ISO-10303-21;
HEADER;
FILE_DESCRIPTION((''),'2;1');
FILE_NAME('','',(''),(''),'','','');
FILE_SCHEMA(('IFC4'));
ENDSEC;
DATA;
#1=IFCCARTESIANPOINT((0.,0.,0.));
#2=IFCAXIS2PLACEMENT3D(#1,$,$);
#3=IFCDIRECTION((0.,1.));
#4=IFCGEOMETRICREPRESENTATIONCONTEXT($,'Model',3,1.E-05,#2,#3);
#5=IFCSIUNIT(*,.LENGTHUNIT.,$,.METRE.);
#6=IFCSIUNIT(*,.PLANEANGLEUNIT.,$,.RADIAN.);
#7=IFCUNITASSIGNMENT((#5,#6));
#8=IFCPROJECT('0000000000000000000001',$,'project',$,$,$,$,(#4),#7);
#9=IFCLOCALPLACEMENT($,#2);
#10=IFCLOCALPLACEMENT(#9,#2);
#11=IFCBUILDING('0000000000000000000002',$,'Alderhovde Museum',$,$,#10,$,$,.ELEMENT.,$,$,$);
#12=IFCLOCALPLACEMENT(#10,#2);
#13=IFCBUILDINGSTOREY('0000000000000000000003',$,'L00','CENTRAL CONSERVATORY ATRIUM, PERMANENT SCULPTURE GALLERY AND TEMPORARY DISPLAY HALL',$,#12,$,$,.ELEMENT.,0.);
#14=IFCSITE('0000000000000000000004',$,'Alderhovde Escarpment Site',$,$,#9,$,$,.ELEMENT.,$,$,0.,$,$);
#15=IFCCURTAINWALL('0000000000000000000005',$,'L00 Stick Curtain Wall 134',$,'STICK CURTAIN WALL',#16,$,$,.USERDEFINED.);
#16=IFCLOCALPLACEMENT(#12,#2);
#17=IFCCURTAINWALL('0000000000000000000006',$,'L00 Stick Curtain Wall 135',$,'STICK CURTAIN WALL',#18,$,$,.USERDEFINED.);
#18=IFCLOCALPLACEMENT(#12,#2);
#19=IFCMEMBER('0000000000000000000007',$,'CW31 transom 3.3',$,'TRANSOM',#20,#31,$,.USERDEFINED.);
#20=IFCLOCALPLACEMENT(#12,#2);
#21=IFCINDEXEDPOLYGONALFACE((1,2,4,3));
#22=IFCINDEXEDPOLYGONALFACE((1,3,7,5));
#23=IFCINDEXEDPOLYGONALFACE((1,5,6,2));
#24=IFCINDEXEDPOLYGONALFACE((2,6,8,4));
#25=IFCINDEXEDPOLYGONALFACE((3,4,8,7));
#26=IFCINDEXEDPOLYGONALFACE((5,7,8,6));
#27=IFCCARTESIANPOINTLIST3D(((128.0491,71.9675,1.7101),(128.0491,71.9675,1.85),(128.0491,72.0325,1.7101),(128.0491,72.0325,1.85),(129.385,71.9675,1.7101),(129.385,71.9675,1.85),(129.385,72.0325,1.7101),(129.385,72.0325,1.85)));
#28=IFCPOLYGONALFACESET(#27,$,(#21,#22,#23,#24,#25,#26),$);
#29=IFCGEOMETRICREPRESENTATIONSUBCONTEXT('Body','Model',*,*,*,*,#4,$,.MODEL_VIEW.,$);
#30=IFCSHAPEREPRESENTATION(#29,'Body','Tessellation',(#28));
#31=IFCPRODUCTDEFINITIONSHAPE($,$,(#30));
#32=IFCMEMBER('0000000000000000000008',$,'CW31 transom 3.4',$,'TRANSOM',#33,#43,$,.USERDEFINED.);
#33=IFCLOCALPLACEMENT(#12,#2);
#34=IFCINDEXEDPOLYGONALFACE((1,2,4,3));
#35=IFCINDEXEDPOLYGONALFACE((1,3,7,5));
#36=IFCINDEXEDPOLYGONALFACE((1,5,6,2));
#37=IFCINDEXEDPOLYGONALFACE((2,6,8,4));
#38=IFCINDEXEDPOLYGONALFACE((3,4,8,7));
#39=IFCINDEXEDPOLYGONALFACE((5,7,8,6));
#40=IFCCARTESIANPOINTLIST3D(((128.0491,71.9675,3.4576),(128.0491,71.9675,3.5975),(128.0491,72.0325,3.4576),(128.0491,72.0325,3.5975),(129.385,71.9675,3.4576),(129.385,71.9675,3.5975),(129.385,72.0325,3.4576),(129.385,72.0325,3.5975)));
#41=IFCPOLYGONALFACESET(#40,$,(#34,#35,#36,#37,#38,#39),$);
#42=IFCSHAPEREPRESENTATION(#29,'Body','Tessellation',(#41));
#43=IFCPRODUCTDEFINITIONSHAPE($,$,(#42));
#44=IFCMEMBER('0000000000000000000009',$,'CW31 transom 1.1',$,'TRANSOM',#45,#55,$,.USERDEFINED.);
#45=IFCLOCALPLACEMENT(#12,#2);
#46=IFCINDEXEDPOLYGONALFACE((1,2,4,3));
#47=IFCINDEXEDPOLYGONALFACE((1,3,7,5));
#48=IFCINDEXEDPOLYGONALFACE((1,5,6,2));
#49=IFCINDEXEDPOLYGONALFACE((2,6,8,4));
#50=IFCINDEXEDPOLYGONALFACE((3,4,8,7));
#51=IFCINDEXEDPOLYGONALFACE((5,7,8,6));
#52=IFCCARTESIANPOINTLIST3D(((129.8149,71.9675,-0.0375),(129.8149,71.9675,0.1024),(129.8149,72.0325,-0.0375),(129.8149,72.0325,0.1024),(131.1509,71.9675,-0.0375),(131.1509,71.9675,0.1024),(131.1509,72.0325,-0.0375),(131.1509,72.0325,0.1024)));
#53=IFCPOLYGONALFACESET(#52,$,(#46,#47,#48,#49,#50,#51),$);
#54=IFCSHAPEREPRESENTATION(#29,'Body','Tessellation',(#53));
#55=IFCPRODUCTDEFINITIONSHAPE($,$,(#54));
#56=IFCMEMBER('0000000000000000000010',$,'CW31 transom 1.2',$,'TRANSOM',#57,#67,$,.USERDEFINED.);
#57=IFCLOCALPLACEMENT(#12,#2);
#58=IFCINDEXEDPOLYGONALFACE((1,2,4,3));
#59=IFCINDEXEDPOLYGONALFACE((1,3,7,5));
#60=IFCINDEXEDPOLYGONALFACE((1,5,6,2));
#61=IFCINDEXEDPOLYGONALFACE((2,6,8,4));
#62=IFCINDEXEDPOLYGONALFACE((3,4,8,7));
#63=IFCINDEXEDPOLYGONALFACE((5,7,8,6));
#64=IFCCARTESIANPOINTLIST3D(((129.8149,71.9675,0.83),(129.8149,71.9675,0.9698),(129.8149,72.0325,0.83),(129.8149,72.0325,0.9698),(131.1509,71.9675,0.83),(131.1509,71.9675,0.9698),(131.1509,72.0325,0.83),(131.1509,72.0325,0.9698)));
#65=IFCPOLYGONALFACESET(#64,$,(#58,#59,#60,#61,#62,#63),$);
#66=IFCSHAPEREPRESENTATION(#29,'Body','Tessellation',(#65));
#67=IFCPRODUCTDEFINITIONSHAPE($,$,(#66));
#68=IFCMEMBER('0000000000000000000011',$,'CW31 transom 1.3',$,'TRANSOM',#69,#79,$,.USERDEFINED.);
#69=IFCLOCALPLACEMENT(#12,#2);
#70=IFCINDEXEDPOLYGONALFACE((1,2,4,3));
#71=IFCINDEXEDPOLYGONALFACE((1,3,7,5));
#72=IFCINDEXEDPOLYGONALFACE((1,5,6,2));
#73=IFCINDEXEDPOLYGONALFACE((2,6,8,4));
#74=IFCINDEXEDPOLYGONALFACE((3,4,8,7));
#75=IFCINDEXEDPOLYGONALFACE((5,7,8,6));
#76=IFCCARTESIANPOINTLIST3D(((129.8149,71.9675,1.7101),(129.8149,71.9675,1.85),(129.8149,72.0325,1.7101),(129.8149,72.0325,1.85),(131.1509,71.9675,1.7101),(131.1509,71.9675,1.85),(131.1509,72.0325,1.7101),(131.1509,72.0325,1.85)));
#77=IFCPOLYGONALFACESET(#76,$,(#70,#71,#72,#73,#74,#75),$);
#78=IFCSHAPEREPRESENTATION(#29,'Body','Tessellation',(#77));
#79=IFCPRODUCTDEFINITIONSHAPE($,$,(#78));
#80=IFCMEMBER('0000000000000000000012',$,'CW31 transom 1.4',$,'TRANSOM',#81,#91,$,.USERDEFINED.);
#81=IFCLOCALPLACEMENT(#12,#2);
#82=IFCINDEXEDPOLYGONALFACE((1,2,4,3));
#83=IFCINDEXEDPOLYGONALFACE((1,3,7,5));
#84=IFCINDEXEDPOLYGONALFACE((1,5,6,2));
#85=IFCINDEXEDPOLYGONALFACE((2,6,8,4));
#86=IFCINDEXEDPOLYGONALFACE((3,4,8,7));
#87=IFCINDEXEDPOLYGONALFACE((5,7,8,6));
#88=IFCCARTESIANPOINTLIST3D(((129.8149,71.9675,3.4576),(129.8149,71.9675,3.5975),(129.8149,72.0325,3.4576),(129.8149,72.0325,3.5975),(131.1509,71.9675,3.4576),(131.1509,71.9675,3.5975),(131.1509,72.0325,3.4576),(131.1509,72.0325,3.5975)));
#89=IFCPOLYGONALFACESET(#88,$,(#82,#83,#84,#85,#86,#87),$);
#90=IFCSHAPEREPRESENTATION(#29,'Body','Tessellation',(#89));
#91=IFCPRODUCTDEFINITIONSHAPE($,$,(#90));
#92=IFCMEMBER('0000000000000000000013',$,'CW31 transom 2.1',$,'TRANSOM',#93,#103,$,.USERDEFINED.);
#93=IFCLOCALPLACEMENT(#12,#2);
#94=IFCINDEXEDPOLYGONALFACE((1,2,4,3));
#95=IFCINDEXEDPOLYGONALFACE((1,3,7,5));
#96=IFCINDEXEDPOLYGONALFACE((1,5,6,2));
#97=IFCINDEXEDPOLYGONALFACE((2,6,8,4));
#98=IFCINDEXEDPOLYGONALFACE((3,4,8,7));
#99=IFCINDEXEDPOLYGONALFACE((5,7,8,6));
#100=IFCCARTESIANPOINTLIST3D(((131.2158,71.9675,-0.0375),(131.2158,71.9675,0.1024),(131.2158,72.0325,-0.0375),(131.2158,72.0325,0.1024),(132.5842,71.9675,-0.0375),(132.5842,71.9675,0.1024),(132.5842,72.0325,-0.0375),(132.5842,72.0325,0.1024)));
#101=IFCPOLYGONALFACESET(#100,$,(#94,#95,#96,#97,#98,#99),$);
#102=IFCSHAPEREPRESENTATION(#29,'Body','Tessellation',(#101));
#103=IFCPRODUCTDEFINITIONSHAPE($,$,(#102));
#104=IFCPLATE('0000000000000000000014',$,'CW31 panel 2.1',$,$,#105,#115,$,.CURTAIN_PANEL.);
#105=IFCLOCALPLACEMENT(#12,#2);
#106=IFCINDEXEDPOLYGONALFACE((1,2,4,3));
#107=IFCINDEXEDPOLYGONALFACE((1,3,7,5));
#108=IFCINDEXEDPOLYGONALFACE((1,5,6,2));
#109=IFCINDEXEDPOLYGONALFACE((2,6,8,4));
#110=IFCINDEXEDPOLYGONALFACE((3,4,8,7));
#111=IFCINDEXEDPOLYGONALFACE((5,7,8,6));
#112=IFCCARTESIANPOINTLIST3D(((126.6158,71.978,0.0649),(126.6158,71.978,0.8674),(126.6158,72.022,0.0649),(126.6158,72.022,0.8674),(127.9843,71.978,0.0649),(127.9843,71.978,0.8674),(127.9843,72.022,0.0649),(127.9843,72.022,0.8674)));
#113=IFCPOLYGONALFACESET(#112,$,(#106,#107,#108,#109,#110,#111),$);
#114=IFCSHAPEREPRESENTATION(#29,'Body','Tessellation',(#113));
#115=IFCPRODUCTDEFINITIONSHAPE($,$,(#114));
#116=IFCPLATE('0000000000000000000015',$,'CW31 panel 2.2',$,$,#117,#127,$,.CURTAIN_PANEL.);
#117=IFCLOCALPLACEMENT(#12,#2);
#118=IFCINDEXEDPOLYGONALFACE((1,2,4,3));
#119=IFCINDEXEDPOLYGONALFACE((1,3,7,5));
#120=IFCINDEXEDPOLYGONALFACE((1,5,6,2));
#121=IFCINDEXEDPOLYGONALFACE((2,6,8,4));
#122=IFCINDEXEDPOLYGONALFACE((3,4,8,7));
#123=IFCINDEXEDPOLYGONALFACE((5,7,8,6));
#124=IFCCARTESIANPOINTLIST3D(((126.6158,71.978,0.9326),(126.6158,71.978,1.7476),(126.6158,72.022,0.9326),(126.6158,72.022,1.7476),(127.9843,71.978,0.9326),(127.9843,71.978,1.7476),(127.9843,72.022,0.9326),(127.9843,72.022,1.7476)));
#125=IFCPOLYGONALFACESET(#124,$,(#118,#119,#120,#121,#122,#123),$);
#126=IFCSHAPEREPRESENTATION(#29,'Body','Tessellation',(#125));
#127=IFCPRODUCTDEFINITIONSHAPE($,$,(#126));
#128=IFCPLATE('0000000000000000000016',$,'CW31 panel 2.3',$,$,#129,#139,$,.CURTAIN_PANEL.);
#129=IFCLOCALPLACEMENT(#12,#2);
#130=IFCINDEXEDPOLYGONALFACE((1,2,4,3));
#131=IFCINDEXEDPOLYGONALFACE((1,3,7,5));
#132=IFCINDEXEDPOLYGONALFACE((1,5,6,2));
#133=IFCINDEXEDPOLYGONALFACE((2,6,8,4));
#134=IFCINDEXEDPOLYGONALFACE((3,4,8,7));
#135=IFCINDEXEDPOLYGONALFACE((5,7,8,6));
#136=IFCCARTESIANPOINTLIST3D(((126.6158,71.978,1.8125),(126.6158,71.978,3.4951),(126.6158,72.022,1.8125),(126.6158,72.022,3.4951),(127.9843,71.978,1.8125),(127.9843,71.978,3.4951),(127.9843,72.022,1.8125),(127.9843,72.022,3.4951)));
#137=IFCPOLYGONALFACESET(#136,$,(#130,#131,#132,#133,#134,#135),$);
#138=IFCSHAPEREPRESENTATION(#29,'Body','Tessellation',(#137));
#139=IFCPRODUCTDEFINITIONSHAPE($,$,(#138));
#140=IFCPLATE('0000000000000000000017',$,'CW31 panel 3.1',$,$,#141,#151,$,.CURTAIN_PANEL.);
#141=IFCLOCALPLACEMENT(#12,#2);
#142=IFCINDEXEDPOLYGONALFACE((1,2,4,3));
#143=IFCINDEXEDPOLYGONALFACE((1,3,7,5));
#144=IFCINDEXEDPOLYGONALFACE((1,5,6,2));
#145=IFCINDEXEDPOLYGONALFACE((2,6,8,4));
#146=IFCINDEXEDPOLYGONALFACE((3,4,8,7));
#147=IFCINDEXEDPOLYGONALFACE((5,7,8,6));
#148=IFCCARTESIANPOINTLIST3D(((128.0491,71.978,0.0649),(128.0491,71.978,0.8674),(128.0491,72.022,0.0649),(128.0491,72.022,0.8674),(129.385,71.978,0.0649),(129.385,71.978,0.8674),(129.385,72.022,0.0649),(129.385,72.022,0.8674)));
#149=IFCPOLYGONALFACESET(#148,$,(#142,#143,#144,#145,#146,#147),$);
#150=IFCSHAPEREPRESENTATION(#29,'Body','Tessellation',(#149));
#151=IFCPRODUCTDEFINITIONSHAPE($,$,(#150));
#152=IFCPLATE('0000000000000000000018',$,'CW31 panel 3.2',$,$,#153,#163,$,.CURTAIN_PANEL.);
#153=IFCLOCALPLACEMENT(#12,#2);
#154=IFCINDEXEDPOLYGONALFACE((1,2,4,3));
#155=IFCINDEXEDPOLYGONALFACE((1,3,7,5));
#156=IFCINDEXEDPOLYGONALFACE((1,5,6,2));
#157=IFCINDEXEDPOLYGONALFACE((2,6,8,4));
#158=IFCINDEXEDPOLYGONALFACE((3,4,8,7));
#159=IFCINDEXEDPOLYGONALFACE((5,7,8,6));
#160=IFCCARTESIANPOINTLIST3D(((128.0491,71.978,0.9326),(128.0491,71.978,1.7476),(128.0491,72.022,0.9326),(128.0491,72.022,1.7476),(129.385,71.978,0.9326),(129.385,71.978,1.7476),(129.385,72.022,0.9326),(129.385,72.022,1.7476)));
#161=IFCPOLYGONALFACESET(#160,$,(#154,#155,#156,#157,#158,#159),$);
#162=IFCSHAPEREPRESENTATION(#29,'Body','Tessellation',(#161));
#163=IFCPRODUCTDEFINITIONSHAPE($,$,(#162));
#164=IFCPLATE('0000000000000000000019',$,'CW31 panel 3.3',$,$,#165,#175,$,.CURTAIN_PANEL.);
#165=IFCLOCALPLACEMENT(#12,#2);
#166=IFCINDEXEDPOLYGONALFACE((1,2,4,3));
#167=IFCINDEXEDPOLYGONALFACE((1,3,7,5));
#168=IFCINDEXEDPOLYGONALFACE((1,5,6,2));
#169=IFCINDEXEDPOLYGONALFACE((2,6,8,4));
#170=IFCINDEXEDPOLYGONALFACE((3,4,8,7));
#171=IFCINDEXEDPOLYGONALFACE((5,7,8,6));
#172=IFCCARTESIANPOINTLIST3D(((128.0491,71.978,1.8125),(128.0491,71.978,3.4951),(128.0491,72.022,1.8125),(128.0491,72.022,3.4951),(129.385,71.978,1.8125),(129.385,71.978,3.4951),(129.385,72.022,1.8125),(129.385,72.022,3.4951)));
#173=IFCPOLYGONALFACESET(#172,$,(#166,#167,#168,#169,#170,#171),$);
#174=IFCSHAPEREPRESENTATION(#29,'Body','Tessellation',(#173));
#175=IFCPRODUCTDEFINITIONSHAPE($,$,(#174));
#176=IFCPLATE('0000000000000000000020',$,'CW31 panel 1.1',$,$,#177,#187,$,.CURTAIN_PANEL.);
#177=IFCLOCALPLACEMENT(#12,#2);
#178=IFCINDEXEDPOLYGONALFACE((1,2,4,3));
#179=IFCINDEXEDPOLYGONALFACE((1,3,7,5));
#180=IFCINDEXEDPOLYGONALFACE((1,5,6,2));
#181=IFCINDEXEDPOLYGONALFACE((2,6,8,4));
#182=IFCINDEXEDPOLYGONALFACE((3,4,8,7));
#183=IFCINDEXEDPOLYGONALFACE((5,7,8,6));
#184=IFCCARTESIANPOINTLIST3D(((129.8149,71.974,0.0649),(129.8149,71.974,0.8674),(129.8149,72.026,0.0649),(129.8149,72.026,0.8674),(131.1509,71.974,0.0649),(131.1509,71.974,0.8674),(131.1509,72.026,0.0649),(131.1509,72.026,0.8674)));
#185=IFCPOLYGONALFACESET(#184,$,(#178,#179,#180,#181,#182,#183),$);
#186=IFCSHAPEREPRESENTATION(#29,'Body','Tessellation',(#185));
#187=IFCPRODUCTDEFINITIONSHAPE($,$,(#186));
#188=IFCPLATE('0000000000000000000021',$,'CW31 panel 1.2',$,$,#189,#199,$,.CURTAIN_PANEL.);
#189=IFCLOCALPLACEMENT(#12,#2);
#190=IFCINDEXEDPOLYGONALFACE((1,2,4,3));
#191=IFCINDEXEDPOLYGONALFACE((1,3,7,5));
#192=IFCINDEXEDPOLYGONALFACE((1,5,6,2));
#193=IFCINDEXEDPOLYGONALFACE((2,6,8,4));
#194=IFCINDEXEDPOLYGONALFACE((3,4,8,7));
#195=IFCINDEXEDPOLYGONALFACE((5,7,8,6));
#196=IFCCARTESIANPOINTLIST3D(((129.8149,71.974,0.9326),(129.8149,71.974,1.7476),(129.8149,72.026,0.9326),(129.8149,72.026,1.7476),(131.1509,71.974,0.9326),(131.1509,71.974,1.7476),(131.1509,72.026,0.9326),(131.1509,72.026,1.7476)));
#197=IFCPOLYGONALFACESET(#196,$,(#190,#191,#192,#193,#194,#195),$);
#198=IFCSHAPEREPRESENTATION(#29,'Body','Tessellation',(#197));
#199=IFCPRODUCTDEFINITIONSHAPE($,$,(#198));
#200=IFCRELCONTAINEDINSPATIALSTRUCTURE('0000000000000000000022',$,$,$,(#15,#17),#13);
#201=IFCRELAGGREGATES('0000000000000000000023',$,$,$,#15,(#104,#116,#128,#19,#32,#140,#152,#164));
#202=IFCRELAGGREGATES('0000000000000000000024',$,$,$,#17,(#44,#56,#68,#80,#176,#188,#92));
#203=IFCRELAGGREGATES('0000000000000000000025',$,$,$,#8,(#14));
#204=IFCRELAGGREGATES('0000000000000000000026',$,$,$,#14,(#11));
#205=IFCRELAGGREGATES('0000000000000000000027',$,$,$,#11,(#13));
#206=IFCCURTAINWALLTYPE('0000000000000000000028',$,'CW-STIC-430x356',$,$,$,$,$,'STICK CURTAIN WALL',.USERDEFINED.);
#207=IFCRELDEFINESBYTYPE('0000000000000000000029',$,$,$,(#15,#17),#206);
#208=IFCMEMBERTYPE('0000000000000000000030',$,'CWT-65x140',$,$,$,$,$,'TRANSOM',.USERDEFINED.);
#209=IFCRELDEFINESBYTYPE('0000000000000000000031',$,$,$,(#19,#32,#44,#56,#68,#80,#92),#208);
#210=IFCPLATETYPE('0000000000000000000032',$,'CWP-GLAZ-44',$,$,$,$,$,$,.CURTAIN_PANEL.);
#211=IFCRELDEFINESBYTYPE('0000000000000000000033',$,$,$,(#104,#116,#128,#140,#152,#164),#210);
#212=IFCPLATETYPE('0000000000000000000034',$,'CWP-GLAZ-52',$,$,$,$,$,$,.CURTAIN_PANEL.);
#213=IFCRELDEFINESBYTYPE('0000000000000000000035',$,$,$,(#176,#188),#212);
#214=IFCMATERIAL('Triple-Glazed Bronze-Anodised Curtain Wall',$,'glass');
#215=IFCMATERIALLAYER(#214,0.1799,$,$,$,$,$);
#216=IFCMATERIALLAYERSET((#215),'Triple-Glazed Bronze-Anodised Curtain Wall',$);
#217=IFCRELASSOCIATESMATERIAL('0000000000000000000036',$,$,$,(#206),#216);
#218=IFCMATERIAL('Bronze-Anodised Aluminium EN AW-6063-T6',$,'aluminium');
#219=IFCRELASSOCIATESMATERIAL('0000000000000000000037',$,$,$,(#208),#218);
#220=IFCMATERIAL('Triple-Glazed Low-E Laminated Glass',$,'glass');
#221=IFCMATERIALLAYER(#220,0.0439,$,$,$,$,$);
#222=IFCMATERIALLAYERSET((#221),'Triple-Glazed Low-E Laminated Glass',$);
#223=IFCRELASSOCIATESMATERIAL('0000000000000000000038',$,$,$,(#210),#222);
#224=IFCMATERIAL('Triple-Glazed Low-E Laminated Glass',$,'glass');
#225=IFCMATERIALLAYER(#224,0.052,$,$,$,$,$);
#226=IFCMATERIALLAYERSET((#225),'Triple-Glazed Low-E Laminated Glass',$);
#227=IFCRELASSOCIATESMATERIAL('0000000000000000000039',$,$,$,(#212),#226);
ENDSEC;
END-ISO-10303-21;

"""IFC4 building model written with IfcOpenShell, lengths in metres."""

from ifc_helpers import new_model, si_unit, direction, frame, origin, origin_2d, place, context, subcontext, project, spatial, rectangle, extrude, material, layer, layer_set, material_profile, profile_set, type_object, element, aggregate, save


model = new_model("IFC4")

# Units and contexts
model_context = context("Model", 3, precision=1e-05, world=origin(), true_north=direction((0.0, 1.0)))
body_context = subcontext(model_context, "Body", "Model", "MODEL_VIEW")
ifc_project = project(units=[si_unit("LENGTHUNIT", "METRE"), si_unit("PLANEANGLEUNIT", "RADIAN")], contexts=[model_context])

# Site, building, storey
site_placement = place(None, origin())
site = spatial("IfcSite", under=ifc_project, at=site_placement, Name="Alderhovde Escarpment Site", CompositionType="ELEMENT", RefElevation=0.0)
building_placement = place(site_placement, origin())
building = spatial("IfcBuilding", under=site, at=building_placement, Name="Alderhovde Museum", CompositionType="ELEMENT")
storey_placement = place(building_placement, origin())
storey = spatial("IfcBuildingStorey", under=building, at=storey_placement, Name="L00", Description="CENTRAL CONSERVATORY ATRIUM, PERMANENT SCULPTURE GALLERY AND TEMPORARY DISPLAY HALL", CompositionType="ELEMENT", Elevation=0.0)

# Curtain walls
ifc_material_1 = material(Name="Triple-Glazed Bronze-Anodised Curtain Wall", Category="glass")
ifc_layer_1 = layer(ifc_material_1, 0.1799)
ifc_layer_set_1 = layer_set([ifc_layer_1], Name="Triple-Glazed Bronze-Anodised Curtain Wall")
curtain_wall_type = type_object("IfcCurtainWallType", Name="CW-STIC-430x356", ElementType="STICK CURTAIN WALL", PredefinedType="USERDEFINED", material=ifc_layer_set_1)
curtain_wall_1_placement = place(storey_placement, origin())
curtain_wall_1 = element("IfcCurtainWall", 1, at=curtain_wall_1_placement, inside=storey, type_object=curtain_wall_type, Name="L00 Stick Curtain Wall 134", ObjectType="STICK CURTAIN WALL", PredefinedType="USERDEFINED")
curtain_wall_2_placement = place(storey_placement, origin())
curtain_wall_2 = element("IfcCurtainWall", 2, at=curtain_wall_2_placement, inside=storey, type_object=curtain_wall_type, Name="L00 Stick Curtain Wall 135", ObjectType="STICK CURTAIN WALL", PredefinedType="USERDEFINED")

# Members
ifc_material_2 = material(Name="Bronze-Anodised Aluminium EN AW-6063-T6", Category="aluminium")
ifc_material_profile_1 = material_profile(ifc_material_2, rectangle(XDim=0.0649, YDim=0.1399, at=origin_2d()), Name="TRANSOM 65x140")
ifc_profile_set_1 = profile_set([ifc_material_profile_1], Name="Bronze-Anodised Aluminium EN AW-6063-T6")
member_type_1 = type_object("IfcMemberType", Name="CWT-65x140", ElementType="TRANSOM", PredefinedType="USERDEFINED", material=ifc_profile_set_1)
member_1_placement = place(storey_placement, frame((128.0491, 72.0, 1.78), z_axis=(1.0, 0.0, 0.0), x_axis=(0.0, 1.0, 0.0)))
member_1 = element("IfcMember", 3, at=member_1_placement, type_object=member_type_1, Name="CW31 transom 3.3", ObjectType="TRANSOM", PredefinedType="USERDEFINED", context=body_context, shape_type="SweptSolid", body=[
    extrude(rectangle(XDim=0.0649, YDim=0.1399, at=origin_2d()), origin(), (0.0, 0.0, 1.0), 1.3359),
])
member_2_placement = place(storey_placement, frame((128.0491, 72.0, 3.5276), z_axis=(1.0, 0.0, 0.0), x_axis=(0.0, 1.0, 0.0)))
member_2 = element("IfcMember", 4, at=member_2_placement, type_object=member_type_1, Name="CW31 transom 3.4", ObjectType="TRANSOM", PredefinedType="USERDEFINED", context=body_context, shape_type="SweptSolid", body=[
    extrude(rectangle(XDim=0.0649, YDim=0.1399, at=origin_2d()), origin(), (0.0, 0.0, 1.0), 1.3359),
])
member_3_placement = place(storey_placement, frame((129.8149, 72.0, 0.0325), z_axis=(1.0, 0.0, 0.0), x_axis=(0.0, 1.0, 0.0)))
member_3 = element("IfcMember", 5, at=member_3_placement, type_object=member_type_1, Name="CW31 transom 1.1", ObjectType="TRANSOM", PredefinedType="USERDEFINED", context=body_context, shape_type="SweptSolid", body=[
    extrude(rectangle(XDim=0.0649, YDim=0.1399, at=origin_2d()), origin(), (0.0, 0.0, 1.0), 1.3359),
])
member_4_placement = place(storey_placement, frame((129.8149, 72.0, 0.8999), z_axis=(1.0, 0.0, 0.0), x_axis=(0.0, 1.0, 0.0)))
member_4 = element("IfcMember", 6, at=member_4_placement, type_object=member_type_1, Name="CW31 transom 1.2", ObjectType="TRANSOM", PredefinedType="USERDEFINED", context=body_context, shape_type="SweptSolid", body=[
    extrude(rectangle(XDim=0.0649, YDim=0.1399, at=origin_2d()), origin(), (0.0, 0.0, 1.0), 1.3359),
])
member_5_placement = place(storey_placement, frame((129.8149, 72.0, 1.78), z_axis=(1.0, 0.0, 0.0), x_axis=(0.0, 1.0, 0.0)))
member_5 = element("IfcMember", 7, at=member_5_placement, type_object=member_type_1, Name="CW31 transom 1.3", ObjectType="TRANSOM", PredefinedType="USERDEFINED", context=body_context, shape_type="SweptSolid", body=[
    extrude(rectangle(XDim=0.0649, YDim=0.1399, at=origin_2d()), origin(), (0.0, 0.0, 1.0), 1.3359),
])
member_6_placement = place(storey_placement, frame((129.8149, 72.0, 3.5276), z_axis=(1.0, 0.0, 0.0), x_axis=(0.0, 1.0, 0.0)))
member_6 = element("IfcMember", 8, at=member_6_placement, type_object=member_type_1, Name="CW31 transom 1.4", ObjectType="TRANSOM", PredefinedType="USERDEFINED", context=body_context, shape_type="SweptSolid", body=[
    extrude(rectangle(XDim=0.0649, YDim=0.1399, at=origin_2d()), origin(), (0.0, 0.0, 1.0), 1.3359),
])
member_7_placement = place(storey_placement, frame((131.2158, 72.0, 0.0325), z_axis=(1.0, 0.0, 0.0), x_axis=(0.0, 1.0, 0.0)))
member_7 = element("IfcMember", 9, at=member_7_placement, type_object=member_type_1, Name="CW31 transom 2.1", ObjectType="TRANSOM", PredefinedType="USERDEFINED", context=body_context, shape_type="SweptSolid", body=[
    extrude(rectangle(XDim=0.0649, YDim=0.1399, at=origin_2d()), origin(), (0.0, 0.0, 1.0), 1.3684),
])

# Plates
ifc_material_3 = material(Name="Triple-Glazed Low-E Laminated Glass", Category="glass")
ifc_layer_2 = layer(ifc_material_3, 0.0439)
ifc_layer_set_2 = layer_set([ifc_layer_2], Name="Triple-Glazed Low-E Laminated Glass")
plate_type_1 = type_object("IfcPlateType", Name="CWP-GLAZ-44", PredefinedType="CURTAIN_PANEL", material=ifc_layer_set_2)
plate_1_placement = place(storey_placement, frame((127.3, 72.0, 0.0649), z_axis=(0.0, 0.0, 1.0), x_axis=(1.0, 0.0, 0.0)))
plate_1 = element("IfcPlate", 10, at=plate_1_placement, type_object=plate_type_1, Name="CW31 panel 2.1", PredefinedType="CURTAIN_PANEL", context=body_context, shape_type="SweptSolid", body=[
    extrude(rectangle(XDim=1.3684, YDim=0.0439, at=origin_2d()), origin(), (0.0, 0.0, 1.0), 0.8025),
])
plate_2_placement = place(storey_placement, frame((127.3, 72.0, 0.9326), z_axis=(0.0, 0.0, 1.0), x_axis=(1.0, 0.0, 0.0)))
plate_2 = element("IfcPlate", 11, at=plate_2_placement, type_object=plate_type_1, Name="CW31 panel 2.2", PredefinedType="CURTAIN_PANEL", context=body_context, shape_type="SweptSolid", body=[
    extrude(rectangle(XDim=1.3684, YDim=0.0439, at=origin_2d()), origin(), (0.0, 0.0, 1.0), 0.8149),
])
plate_3_placement = place(storey_placement, frame((127.3, 72.0, 1.8125), z_axis=(0.0, 0.0, 1.0), x_axis=(1.0, 0.0, 0.0)))
plate_3 = element("IfcPlate", 12, at=plate_3_placement, type_object=plate_type_1, Name="CW31 panel 2.3", PredefinedType="CURTAIN_PANEL", context=body_context, shape_type="SweptSolid", body=[
    extrude(rectangle(XDim=1.3684, YDim=0.0439, at=origin_2d()), origin(), (0.0, 0.0, 1.0), 1.6826),
])
plate_4_placement = place(storey_placement, frame((128.717, 72.0, 0.0649), z_axis=(0.0, 0.0, 1.0), x_axis=(1.0, 0.0, 0.0)))
plate_4 = element("IfcPlate", 13, at=plate_4_placement, type_object=plate_type_1, Name="CW31 panel 3.1", PredefinedType="CURTAIN_PANEL", context=body_context, shape_type="SweptSolid", body=[
    extrude(rectangle(XDim=1.3359, YDim=0.0439, at=origin_2d()), origin(), (0.0, 0.0, 1.0), 0.8025),
])
plate_5_placement = place(storey_placement, frame((128.717, 72.0, 0.9326), z_axis=(0.0, 0.0, 1.0), x_axis=(1.0, 0.0, 0.0)))
plate_5 = element("IfcPlate", 14, at=plate_5_placement, type_object=plate_type_1, Name="CW31 panel 3.2", PredefinedType="CURTAIN_PANEL", context=body_context, shape_type="SweptSolid", body=[
    extrude(rectangle(XDim=1.3359, YDim=0.0439, at=origin_2d()), origin(), (0.0, 0.0, 1.0), 0.8149),
])
plate_6_placement = place(storey_placement, frame((128.717, 72.0, 1.8125), z_axis=(0.0, 0.0, 1.0), x_axis=(1.0, 0.0, 0.0)))
plate_6 = element("IfcPlate", 15, at=plate_6_placement, type_object=plate_type_1, Name="CW31 panel 3.3", PredefinedType="CURTAIN_PANEL", context=body_context, shape_type="SweptSolid", body=[
    extrude(rectangle(XDim=1.3359, YDim=0.0439, at=origin_2d()), origin(), (0.0, 0.0, 1.0), 1.6826),
])
aggregate(curtain_wall_1, [plate_1, plate_2, plate_3, member_1, member_2, plate_4, plate_5, plate_6])
ifc_material_4 = material(Name="Triple-Glazed Low-E Laminated Glass", Category="glass")
ifc_layer_3 = layer(ifc_material_4, 0.052)
ifc_layer_set_3 = layer_set([ifc_layer_3], Name="Triple-Glazed Low-E Laminated Glass")
plate_type_2 = type_object("IfcPlateType", Name="CWP-GLAZ-52", PredefinedType="CURTAIN_PANEL", material=ifc_layer_set_3)
plate_7_placement = place(storey_placement, frame((130.4829, 72.0, 0.0649), z_axis=(0.0, 0.0, 1.0), x_axis=(1.0, 0.0, 0.0)))
plate_7 = element("IfcPlate", 16, at=plate_7_placement, type_object=plate_type_2, Name="CW31 panel 1.1", PredefinedType="CURTAIN_PANEL", context=body_context, shape_type="SweptSolid", body=[
    extrude(rectangle(XDim=1.3359, YDim=0.052, at=origin_2d()), origin(), (0.0, 0.0, 1.0), 0.8025),
])
plate_8_placement = place(storey_placement, frame((130.4829, 72.0, 0.9326), z_axis=(0.0, 0.0, 1.0), x_axis=(1.0, 0.0, 0.0)))
plate_8 = element("IfcPlate", 17, at=plate_8_placement, type_object=plate_type_2, Name="CW31 panel 1.2", PredefinedType="CURTAIN_PANEL", context=body_context, shape_type="SweptSolid", body=[
    extrude(rectangle(XDim=1.3359, YDim=0.052, at=origin_2d()), origin(), (0.0, 0.0, 1.0), 0.8149),
])
aggregate(curtain_wall_2, [member_3, member_4, member_5, member_6, plate_7, plate_8, member_7])

save(model, "model.ifc")
